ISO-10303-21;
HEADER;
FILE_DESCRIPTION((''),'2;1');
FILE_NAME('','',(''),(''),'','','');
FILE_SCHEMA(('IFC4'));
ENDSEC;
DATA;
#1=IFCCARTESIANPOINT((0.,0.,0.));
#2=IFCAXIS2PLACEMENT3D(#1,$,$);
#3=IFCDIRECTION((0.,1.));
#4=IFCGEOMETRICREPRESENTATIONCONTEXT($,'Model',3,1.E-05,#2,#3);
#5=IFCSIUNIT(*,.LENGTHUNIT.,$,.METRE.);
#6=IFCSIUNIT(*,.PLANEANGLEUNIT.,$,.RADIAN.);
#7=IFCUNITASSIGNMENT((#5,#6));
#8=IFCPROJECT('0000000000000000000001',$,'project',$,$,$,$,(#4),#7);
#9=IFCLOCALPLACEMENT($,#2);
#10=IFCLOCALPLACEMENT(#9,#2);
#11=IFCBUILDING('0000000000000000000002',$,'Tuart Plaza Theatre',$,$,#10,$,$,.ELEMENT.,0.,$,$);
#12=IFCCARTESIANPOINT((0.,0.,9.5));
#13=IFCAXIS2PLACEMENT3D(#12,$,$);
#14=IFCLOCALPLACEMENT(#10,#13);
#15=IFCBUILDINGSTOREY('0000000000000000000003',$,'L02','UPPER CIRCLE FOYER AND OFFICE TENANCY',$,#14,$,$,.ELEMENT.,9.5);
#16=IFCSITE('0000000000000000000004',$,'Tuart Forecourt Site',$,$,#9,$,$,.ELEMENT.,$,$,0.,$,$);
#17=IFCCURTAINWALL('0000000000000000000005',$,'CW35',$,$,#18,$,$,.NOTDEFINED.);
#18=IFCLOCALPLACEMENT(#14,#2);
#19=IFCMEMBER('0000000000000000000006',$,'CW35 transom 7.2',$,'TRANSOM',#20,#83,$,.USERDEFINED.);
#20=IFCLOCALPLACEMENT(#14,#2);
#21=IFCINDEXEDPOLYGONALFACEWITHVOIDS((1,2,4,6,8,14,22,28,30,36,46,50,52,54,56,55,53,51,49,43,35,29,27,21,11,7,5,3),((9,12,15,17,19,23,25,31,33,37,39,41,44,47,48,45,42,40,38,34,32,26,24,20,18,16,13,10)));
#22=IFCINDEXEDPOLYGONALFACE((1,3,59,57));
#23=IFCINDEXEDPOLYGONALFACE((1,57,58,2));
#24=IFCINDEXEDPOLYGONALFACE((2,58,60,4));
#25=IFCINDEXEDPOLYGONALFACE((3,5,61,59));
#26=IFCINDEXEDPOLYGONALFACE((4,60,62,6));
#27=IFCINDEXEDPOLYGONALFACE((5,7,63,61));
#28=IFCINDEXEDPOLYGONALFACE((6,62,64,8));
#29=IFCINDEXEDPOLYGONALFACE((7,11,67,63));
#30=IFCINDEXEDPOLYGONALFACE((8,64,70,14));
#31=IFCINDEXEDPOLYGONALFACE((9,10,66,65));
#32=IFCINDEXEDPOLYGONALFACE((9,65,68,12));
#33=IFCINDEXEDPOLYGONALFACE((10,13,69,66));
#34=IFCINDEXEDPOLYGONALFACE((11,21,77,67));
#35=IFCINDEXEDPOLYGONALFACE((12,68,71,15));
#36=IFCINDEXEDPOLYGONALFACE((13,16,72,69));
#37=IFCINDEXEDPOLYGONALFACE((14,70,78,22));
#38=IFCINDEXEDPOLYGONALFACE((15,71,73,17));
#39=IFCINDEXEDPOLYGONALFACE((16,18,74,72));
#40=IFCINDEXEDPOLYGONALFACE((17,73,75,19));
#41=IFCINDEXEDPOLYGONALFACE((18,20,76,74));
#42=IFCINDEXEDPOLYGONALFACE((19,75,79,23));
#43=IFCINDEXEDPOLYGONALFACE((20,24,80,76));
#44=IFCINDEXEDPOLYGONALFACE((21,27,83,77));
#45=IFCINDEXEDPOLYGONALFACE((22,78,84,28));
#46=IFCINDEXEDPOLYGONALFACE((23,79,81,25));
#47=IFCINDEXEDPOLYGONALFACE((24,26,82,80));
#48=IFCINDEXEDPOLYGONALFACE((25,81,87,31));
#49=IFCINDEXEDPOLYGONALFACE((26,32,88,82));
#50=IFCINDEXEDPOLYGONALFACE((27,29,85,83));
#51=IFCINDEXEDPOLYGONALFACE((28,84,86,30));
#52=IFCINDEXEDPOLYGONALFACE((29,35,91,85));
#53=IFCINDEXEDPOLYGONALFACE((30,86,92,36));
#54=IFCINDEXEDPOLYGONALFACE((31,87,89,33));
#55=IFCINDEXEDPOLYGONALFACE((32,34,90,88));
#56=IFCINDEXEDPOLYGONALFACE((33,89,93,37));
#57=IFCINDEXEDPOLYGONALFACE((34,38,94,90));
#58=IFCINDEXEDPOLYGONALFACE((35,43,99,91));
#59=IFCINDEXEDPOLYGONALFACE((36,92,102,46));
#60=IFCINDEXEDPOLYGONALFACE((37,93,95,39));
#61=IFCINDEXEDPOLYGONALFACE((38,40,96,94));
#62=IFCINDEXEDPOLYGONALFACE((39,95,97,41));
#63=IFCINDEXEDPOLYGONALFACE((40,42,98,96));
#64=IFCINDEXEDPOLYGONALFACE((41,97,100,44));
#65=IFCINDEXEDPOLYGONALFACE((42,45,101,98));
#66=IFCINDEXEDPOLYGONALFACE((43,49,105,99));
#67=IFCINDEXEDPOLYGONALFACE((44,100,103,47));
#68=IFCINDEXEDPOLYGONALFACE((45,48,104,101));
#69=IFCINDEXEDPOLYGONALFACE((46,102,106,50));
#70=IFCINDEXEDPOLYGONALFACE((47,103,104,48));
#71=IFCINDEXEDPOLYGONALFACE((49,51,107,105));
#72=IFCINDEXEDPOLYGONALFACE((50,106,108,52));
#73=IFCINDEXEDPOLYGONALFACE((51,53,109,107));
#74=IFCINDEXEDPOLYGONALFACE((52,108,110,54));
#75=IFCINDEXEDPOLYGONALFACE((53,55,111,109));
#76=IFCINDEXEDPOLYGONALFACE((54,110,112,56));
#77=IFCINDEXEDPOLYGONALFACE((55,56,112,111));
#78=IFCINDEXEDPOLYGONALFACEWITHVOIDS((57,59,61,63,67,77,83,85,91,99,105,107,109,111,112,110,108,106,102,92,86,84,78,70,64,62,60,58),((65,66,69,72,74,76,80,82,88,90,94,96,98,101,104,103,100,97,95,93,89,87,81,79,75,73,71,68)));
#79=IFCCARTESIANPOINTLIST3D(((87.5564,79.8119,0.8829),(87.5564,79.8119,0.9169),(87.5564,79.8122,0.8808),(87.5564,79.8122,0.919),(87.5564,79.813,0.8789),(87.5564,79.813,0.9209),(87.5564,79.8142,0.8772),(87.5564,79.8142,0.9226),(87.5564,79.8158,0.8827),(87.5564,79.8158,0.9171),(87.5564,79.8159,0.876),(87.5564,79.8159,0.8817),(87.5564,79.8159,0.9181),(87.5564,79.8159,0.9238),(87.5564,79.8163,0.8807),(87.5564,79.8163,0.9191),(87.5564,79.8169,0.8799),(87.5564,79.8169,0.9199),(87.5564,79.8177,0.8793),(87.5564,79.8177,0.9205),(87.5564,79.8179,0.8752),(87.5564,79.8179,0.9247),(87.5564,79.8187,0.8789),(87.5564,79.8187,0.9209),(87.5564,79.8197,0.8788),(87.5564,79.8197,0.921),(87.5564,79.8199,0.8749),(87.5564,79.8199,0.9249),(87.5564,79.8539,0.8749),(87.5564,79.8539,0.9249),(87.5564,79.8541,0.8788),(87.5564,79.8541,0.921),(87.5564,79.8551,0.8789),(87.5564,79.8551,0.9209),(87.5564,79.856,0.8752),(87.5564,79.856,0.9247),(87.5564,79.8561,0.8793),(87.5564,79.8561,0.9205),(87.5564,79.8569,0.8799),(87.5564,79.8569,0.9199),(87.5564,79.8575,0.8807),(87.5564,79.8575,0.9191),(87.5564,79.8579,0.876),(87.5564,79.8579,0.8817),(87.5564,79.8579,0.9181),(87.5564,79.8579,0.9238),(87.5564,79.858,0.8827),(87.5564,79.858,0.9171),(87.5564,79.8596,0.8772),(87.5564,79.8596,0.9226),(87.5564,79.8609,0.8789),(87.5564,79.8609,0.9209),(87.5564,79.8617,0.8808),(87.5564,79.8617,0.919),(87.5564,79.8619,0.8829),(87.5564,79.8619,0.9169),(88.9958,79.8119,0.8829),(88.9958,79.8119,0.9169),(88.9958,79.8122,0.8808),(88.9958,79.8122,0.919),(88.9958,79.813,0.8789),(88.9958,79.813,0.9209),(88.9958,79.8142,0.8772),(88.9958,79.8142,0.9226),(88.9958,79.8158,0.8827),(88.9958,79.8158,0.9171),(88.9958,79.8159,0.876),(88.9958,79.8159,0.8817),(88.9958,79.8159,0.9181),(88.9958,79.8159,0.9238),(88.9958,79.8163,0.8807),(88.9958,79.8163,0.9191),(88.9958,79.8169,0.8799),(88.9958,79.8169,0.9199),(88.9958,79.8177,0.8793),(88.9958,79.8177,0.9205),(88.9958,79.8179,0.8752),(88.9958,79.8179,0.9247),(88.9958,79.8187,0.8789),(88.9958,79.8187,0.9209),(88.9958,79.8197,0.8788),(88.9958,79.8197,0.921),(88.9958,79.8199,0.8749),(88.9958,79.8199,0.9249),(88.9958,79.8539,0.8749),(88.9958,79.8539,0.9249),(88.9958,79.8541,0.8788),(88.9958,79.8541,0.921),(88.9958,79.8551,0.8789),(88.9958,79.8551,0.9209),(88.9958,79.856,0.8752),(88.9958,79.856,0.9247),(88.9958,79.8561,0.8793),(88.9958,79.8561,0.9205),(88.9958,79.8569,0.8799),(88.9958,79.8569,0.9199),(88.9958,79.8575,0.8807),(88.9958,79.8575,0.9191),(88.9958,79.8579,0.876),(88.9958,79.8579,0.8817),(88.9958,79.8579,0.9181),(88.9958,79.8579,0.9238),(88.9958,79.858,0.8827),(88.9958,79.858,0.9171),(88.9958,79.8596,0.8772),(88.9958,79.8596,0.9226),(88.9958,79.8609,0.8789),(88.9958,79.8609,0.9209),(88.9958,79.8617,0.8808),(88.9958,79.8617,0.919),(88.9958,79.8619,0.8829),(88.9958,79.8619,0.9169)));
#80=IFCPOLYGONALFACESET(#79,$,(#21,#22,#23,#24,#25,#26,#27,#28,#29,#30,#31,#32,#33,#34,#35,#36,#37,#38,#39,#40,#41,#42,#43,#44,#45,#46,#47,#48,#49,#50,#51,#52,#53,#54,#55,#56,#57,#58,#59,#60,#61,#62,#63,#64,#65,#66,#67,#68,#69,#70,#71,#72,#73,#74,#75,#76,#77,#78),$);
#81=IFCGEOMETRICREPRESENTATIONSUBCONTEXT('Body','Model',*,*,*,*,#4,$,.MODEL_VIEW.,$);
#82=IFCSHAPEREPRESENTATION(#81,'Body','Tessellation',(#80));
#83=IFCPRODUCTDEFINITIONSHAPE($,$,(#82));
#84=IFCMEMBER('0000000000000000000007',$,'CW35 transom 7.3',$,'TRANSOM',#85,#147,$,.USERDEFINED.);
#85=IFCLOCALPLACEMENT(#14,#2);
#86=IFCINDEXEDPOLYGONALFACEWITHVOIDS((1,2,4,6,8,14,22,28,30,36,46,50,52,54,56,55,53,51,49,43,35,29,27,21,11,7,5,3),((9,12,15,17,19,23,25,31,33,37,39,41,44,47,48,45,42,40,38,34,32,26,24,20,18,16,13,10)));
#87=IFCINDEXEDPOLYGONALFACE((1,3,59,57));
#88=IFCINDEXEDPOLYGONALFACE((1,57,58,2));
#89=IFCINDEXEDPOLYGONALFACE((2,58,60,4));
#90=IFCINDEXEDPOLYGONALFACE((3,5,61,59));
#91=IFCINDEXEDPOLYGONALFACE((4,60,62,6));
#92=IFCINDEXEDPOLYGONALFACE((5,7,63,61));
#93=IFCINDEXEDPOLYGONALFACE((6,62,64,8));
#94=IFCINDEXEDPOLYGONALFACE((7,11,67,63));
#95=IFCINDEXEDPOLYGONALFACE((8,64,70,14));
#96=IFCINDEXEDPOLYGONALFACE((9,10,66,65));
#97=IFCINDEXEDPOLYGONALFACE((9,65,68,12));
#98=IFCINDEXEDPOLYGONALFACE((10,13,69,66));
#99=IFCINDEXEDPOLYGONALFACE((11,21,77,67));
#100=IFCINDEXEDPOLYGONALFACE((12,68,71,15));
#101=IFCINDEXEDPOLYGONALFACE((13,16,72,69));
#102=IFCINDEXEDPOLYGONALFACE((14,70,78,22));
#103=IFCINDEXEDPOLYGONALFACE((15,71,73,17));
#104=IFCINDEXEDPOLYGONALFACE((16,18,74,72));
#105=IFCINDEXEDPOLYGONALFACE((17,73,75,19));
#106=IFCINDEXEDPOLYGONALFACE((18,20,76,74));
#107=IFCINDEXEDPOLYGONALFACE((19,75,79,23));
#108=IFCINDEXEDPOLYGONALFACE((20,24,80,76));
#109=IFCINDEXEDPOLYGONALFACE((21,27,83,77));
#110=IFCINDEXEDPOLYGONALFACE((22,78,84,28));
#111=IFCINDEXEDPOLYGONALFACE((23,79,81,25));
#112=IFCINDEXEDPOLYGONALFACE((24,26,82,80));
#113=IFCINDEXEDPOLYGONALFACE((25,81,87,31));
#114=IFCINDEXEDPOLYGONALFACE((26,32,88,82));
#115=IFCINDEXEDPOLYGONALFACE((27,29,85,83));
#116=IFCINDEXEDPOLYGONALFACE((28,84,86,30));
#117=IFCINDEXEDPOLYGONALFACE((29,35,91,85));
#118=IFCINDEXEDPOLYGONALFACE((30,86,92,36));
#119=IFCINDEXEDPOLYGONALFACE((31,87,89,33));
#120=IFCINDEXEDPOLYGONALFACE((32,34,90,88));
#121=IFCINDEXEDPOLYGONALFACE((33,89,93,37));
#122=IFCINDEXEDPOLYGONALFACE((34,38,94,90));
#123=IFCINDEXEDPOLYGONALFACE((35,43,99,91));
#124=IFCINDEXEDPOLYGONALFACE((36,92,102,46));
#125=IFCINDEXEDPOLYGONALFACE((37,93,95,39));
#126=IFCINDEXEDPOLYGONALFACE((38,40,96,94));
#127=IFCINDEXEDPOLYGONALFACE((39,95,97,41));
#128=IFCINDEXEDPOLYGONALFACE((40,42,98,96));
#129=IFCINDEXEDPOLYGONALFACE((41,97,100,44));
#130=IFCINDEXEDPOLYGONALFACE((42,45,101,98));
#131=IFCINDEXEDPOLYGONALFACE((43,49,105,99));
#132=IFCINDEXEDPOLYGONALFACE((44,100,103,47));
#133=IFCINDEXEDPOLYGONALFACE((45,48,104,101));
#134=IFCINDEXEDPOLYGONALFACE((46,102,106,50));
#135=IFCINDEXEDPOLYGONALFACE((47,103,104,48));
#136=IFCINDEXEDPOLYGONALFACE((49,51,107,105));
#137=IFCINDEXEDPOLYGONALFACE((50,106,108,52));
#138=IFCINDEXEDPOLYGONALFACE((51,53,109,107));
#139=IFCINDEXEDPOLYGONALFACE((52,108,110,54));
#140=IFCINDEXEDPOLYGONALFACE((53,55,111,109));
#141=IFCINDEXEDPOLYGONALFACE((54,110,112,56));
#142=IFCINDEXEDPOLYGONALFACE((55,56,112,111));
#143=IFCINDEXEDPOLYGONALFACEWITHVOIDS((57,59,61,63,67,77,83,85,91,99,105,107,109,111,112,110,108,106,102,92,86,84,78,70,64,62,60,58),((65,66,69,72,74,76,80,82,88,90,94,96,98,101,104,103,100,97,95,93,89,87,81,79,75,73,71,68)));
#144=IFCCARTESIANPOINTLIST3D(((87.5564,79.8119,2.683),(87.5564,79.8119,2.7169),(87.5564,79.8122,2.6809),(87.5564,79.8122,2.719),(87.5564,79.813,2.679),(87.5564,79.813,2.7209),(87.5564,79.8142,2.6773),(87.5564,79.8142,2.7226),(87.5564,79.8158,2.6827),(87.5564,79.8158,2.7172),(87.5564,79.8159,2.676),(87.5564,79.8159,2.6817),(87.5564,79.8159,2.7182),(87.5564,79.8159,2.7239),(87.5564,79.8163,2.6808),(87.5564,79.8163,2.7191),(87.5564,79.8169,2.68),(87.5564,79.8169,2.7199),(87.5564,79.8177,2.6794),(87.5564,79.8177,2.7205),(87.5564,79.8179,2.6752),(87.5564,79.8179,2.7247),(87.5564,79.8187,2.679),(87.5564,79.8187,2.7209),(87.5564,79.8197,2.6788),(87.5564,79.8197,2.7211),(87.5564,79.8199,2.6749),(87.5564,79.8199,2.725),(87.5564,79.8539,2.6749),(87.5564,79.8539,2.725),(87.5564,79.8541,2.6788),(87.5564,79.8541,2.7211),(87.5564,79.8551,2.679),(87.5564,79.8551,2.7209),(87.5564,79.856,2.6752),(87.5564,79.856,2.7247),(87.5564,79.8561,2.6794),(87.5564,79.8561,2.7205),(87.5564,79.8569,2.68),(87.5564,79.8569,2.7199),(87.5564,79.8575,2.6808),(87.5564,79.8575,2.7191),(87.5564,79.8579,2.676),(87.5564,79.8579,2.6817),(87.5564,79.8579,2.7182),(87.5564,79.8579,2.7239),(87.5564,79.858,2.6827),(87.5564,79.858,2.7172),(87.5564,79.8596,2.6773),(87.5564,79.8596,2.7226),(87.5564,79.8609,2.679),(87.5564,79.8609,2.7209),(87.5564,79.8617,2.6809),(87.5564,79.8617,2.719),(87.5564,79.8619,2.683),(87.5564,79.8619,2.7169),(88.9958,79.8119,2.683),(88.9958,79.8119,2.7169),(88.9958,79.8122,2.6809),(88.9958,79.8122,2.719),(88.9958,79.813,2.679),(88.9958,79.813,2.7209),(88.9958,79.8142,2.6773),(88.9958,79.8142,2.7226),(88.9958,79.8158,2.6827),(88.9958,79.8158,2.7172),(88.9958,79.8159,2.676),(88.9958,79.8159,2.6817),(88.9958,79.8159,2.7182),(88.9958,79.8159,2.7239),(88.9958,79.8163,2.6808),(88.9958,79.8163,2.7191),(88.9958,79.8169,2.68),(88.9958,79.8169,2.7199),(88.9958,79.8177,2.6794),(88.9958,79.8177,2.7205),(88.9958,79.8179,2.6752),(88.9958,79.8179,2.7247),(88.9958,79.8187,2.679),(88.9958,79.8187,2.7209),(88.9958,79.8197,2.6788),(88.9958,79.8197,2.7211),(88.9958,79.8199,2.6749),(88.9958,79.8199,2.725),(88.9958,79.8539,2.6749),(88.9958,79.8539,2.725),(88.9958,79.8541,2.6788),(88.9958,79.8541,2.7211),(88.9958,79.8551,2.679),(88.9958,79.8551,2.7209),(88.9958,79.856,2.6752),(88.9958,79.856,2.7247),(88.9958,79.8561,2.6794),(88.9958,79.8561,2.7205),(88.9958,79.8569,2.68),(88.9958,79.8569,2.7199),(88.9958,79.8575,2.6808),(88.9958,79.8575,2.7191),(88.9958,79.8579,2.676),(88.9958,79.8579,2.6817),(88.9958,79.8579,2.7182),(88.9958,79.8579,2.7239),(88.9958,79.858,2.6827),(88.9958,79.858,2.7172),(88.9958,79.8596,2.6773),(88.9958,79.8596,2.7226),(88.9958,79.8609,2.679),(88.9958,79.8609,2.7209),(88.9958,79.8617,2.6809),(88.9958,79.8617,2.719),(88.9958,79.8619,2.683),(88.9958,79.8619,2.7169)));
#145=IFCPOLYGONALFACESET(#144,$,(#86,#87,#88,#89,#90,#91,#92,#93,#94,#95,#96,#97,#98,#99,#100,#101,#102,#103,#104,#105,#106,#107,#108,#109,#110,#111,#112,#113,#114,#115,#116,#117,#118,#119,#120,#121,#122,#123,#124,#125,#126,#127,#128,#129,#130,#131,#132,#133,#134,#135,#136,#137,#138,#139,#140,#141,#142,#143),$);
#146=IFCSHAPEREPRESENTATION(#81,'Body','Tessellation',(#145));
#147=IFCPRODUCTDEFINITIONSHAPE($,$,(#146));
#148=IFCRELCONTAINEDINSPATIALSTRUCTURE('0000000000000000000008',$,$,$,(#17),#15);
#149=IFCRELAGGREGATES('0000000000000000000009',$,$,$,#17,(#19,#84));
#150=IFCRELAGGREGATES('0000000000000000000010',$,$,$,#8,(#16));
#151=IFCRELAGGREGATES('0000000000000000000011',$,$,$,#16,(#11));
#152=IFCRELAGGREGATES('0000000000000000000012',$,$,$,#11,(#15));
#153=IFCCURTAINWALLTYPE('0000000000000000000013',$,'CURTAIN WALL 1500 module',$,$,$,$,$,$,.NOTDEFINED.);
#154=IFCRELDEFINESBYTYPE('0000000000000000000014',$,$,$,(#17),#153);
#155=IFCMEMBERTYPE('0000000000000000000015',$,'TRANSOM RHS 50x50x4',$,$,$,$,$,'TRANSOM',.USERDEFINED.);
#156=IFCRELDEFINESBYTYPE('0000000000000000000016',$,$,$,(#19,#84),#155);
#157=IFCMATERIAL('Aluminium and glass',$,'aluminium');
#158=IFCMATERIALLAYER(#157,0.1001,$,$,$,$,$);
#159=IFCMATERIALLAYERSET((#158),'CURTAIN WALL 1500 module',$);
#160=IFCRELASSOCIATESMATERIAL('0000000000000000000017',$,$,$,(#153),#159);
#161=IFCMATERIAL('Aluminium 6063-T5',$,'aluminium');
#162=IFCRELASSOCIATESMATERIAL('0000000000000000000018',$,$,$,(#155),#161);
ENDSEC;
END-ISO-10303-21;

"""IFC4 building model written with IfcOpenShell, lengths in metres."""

from ifc_helpers import new_model, si_unit, direction, frame, origin, origin_2d, place, context, subcontext, project, spatial, hollow_rectangle, extrude, material, layer, layer_set, material_profile, profile_set, type_object, element, aggregate, save


model = new_model("IFC4")

# Units and contexts
model_context = context("Model", 3, precision=1e-05, world=origin(), true_north=direction((0.0, 1.0)))
body_context = subcontext(model_context, "Body", "Model", "MODEL_VIEW")
ifc_project = project(units=[si_unit("LENGTHUNIT", "METRE"), si_unit("PLANEANGLEUNIT", "RADIAN")], contexts=[model_context])

# Site, building, storey
site_placement = place(None, origin())
site = spatial("IfcSite", under=ifc_project, at=site_placement, Name="Tuart Forecourt Site", CompositionType="ELEMENT", RefElevation=0.0)
building_placement = place(site_placement, origin())
building = spatial("IfcBuilding", under=site, at=building_placement, Name="Tuart Plaza Theatre", CompositionType="ELEMENT", ElevationOfRefHeight=0.0)
storey_placement = place(building_placement, frame((0.0, 0.0, 9.5)))
storey = spatial("IfcBuildingStorey", under=building, at=storey_placement, Name="L02", Description="UPPER CIRCLE FOYER AND OFFICE TENANCY", CompositionType="ELEMENT", Elevation=9.5)

# Curtain wall, members
ifc_material_1 = material(Name="Aluminium and glass", Category="aluminium")
ifc_layer_1 = layer(ifc_material_1, 0.1001)
ifc_layer_set_1 = layer_set([ifc_layer_1], Name="CURTAIN WALL 1500 module")
curtain_wall_type = type_object("IfcCurtainWallType", Name="CURTAIN WALL 1500 module", PredefinedType="NOTDEFINED", material=ifc_layer_set_1)
curtain_wall_placement = place(storey_placement, origin())
curtain_wall = element("IfcCurtainWall", 1, at=curtain_wall_placement, inside=storey, type_object=curtain_wall_type, Name="CW35", PredefinedType="NOTDEFINED")
ifc_material_2 = material(Name="Aluminium 6063-T5", Category="aluminium")
ifc_material_profile_1 = material_profile(ifc_material_2, hollow_rectangle(XDim=0.05, YDim=0.05, WallThickness=0.0039, InnerFilletRadius=0.0039, OuterFilletRadius=0.0081, at=origin_2d()), Name="RHS 50x50x4")
ifc_profile_set_1 = profile_set([ifc_material_profile_1], Name="Aluminium 6063-T5")
member_type_1 = type_object("IfcMemberType", Name="TRANSOM RHS 50x50x4", ElementType="TRANSOM", PredefinedType="USERDEFINED", material=ifc_profile_set_1)
member_1_placement = place(storey_placement, frame((87.5564, 79.8369, 0.8999), z_axis=(1.0, 0.0, 0.0), x_axis=(0.0, 1.0, 0.0)))
member_1 = element("IfcMember", 2, at=member_1_placement, type_object=member_type_1, Name="CW35 transom 7.2", ObjectType="TRANSOM", PredefinedType="USERDEFINED", context=body_context, shape_type="SweptSolid", body=[
    extrude(hollow_rectangle(XDim=0.05, YDim=0.05, WallThickness=0.0039, InnerFilletRadius=0.0039, OuterFilletRadius=0.0081, at=origin_2d()), origin(), (0.0, 0.0, 1.0), 1.4395),
])
member_2_placement = place(storey_placement, frame((87.5564, 79.8369, 2.7), z_axis=(1.0, 0.0, 0.0), x_axis=(0.0, 1.0, 0.0)))
member_2 = element("IfcMember", 3, at=member_2_placement, type_object=member_type_1, Name="CW35 transom 7.3", ObjectType="TRANSOM", PredefinedType="USERDEFINED", context=body_context, shape_type="SweptSolid", body=[
    extrude(hollow_rectangle(XDim=0.05, YDim=0.05, WallThickness=0.0039, InnerFilletRadius=0.0039, OuterFilletRadius=0.0081, at=origin_2d()), origin(), (0.0, 0.0, 1.0), 1.4395),
])
aggregate(curtain_wall, [member_1, member_2])

save(model, "model.ifc")
